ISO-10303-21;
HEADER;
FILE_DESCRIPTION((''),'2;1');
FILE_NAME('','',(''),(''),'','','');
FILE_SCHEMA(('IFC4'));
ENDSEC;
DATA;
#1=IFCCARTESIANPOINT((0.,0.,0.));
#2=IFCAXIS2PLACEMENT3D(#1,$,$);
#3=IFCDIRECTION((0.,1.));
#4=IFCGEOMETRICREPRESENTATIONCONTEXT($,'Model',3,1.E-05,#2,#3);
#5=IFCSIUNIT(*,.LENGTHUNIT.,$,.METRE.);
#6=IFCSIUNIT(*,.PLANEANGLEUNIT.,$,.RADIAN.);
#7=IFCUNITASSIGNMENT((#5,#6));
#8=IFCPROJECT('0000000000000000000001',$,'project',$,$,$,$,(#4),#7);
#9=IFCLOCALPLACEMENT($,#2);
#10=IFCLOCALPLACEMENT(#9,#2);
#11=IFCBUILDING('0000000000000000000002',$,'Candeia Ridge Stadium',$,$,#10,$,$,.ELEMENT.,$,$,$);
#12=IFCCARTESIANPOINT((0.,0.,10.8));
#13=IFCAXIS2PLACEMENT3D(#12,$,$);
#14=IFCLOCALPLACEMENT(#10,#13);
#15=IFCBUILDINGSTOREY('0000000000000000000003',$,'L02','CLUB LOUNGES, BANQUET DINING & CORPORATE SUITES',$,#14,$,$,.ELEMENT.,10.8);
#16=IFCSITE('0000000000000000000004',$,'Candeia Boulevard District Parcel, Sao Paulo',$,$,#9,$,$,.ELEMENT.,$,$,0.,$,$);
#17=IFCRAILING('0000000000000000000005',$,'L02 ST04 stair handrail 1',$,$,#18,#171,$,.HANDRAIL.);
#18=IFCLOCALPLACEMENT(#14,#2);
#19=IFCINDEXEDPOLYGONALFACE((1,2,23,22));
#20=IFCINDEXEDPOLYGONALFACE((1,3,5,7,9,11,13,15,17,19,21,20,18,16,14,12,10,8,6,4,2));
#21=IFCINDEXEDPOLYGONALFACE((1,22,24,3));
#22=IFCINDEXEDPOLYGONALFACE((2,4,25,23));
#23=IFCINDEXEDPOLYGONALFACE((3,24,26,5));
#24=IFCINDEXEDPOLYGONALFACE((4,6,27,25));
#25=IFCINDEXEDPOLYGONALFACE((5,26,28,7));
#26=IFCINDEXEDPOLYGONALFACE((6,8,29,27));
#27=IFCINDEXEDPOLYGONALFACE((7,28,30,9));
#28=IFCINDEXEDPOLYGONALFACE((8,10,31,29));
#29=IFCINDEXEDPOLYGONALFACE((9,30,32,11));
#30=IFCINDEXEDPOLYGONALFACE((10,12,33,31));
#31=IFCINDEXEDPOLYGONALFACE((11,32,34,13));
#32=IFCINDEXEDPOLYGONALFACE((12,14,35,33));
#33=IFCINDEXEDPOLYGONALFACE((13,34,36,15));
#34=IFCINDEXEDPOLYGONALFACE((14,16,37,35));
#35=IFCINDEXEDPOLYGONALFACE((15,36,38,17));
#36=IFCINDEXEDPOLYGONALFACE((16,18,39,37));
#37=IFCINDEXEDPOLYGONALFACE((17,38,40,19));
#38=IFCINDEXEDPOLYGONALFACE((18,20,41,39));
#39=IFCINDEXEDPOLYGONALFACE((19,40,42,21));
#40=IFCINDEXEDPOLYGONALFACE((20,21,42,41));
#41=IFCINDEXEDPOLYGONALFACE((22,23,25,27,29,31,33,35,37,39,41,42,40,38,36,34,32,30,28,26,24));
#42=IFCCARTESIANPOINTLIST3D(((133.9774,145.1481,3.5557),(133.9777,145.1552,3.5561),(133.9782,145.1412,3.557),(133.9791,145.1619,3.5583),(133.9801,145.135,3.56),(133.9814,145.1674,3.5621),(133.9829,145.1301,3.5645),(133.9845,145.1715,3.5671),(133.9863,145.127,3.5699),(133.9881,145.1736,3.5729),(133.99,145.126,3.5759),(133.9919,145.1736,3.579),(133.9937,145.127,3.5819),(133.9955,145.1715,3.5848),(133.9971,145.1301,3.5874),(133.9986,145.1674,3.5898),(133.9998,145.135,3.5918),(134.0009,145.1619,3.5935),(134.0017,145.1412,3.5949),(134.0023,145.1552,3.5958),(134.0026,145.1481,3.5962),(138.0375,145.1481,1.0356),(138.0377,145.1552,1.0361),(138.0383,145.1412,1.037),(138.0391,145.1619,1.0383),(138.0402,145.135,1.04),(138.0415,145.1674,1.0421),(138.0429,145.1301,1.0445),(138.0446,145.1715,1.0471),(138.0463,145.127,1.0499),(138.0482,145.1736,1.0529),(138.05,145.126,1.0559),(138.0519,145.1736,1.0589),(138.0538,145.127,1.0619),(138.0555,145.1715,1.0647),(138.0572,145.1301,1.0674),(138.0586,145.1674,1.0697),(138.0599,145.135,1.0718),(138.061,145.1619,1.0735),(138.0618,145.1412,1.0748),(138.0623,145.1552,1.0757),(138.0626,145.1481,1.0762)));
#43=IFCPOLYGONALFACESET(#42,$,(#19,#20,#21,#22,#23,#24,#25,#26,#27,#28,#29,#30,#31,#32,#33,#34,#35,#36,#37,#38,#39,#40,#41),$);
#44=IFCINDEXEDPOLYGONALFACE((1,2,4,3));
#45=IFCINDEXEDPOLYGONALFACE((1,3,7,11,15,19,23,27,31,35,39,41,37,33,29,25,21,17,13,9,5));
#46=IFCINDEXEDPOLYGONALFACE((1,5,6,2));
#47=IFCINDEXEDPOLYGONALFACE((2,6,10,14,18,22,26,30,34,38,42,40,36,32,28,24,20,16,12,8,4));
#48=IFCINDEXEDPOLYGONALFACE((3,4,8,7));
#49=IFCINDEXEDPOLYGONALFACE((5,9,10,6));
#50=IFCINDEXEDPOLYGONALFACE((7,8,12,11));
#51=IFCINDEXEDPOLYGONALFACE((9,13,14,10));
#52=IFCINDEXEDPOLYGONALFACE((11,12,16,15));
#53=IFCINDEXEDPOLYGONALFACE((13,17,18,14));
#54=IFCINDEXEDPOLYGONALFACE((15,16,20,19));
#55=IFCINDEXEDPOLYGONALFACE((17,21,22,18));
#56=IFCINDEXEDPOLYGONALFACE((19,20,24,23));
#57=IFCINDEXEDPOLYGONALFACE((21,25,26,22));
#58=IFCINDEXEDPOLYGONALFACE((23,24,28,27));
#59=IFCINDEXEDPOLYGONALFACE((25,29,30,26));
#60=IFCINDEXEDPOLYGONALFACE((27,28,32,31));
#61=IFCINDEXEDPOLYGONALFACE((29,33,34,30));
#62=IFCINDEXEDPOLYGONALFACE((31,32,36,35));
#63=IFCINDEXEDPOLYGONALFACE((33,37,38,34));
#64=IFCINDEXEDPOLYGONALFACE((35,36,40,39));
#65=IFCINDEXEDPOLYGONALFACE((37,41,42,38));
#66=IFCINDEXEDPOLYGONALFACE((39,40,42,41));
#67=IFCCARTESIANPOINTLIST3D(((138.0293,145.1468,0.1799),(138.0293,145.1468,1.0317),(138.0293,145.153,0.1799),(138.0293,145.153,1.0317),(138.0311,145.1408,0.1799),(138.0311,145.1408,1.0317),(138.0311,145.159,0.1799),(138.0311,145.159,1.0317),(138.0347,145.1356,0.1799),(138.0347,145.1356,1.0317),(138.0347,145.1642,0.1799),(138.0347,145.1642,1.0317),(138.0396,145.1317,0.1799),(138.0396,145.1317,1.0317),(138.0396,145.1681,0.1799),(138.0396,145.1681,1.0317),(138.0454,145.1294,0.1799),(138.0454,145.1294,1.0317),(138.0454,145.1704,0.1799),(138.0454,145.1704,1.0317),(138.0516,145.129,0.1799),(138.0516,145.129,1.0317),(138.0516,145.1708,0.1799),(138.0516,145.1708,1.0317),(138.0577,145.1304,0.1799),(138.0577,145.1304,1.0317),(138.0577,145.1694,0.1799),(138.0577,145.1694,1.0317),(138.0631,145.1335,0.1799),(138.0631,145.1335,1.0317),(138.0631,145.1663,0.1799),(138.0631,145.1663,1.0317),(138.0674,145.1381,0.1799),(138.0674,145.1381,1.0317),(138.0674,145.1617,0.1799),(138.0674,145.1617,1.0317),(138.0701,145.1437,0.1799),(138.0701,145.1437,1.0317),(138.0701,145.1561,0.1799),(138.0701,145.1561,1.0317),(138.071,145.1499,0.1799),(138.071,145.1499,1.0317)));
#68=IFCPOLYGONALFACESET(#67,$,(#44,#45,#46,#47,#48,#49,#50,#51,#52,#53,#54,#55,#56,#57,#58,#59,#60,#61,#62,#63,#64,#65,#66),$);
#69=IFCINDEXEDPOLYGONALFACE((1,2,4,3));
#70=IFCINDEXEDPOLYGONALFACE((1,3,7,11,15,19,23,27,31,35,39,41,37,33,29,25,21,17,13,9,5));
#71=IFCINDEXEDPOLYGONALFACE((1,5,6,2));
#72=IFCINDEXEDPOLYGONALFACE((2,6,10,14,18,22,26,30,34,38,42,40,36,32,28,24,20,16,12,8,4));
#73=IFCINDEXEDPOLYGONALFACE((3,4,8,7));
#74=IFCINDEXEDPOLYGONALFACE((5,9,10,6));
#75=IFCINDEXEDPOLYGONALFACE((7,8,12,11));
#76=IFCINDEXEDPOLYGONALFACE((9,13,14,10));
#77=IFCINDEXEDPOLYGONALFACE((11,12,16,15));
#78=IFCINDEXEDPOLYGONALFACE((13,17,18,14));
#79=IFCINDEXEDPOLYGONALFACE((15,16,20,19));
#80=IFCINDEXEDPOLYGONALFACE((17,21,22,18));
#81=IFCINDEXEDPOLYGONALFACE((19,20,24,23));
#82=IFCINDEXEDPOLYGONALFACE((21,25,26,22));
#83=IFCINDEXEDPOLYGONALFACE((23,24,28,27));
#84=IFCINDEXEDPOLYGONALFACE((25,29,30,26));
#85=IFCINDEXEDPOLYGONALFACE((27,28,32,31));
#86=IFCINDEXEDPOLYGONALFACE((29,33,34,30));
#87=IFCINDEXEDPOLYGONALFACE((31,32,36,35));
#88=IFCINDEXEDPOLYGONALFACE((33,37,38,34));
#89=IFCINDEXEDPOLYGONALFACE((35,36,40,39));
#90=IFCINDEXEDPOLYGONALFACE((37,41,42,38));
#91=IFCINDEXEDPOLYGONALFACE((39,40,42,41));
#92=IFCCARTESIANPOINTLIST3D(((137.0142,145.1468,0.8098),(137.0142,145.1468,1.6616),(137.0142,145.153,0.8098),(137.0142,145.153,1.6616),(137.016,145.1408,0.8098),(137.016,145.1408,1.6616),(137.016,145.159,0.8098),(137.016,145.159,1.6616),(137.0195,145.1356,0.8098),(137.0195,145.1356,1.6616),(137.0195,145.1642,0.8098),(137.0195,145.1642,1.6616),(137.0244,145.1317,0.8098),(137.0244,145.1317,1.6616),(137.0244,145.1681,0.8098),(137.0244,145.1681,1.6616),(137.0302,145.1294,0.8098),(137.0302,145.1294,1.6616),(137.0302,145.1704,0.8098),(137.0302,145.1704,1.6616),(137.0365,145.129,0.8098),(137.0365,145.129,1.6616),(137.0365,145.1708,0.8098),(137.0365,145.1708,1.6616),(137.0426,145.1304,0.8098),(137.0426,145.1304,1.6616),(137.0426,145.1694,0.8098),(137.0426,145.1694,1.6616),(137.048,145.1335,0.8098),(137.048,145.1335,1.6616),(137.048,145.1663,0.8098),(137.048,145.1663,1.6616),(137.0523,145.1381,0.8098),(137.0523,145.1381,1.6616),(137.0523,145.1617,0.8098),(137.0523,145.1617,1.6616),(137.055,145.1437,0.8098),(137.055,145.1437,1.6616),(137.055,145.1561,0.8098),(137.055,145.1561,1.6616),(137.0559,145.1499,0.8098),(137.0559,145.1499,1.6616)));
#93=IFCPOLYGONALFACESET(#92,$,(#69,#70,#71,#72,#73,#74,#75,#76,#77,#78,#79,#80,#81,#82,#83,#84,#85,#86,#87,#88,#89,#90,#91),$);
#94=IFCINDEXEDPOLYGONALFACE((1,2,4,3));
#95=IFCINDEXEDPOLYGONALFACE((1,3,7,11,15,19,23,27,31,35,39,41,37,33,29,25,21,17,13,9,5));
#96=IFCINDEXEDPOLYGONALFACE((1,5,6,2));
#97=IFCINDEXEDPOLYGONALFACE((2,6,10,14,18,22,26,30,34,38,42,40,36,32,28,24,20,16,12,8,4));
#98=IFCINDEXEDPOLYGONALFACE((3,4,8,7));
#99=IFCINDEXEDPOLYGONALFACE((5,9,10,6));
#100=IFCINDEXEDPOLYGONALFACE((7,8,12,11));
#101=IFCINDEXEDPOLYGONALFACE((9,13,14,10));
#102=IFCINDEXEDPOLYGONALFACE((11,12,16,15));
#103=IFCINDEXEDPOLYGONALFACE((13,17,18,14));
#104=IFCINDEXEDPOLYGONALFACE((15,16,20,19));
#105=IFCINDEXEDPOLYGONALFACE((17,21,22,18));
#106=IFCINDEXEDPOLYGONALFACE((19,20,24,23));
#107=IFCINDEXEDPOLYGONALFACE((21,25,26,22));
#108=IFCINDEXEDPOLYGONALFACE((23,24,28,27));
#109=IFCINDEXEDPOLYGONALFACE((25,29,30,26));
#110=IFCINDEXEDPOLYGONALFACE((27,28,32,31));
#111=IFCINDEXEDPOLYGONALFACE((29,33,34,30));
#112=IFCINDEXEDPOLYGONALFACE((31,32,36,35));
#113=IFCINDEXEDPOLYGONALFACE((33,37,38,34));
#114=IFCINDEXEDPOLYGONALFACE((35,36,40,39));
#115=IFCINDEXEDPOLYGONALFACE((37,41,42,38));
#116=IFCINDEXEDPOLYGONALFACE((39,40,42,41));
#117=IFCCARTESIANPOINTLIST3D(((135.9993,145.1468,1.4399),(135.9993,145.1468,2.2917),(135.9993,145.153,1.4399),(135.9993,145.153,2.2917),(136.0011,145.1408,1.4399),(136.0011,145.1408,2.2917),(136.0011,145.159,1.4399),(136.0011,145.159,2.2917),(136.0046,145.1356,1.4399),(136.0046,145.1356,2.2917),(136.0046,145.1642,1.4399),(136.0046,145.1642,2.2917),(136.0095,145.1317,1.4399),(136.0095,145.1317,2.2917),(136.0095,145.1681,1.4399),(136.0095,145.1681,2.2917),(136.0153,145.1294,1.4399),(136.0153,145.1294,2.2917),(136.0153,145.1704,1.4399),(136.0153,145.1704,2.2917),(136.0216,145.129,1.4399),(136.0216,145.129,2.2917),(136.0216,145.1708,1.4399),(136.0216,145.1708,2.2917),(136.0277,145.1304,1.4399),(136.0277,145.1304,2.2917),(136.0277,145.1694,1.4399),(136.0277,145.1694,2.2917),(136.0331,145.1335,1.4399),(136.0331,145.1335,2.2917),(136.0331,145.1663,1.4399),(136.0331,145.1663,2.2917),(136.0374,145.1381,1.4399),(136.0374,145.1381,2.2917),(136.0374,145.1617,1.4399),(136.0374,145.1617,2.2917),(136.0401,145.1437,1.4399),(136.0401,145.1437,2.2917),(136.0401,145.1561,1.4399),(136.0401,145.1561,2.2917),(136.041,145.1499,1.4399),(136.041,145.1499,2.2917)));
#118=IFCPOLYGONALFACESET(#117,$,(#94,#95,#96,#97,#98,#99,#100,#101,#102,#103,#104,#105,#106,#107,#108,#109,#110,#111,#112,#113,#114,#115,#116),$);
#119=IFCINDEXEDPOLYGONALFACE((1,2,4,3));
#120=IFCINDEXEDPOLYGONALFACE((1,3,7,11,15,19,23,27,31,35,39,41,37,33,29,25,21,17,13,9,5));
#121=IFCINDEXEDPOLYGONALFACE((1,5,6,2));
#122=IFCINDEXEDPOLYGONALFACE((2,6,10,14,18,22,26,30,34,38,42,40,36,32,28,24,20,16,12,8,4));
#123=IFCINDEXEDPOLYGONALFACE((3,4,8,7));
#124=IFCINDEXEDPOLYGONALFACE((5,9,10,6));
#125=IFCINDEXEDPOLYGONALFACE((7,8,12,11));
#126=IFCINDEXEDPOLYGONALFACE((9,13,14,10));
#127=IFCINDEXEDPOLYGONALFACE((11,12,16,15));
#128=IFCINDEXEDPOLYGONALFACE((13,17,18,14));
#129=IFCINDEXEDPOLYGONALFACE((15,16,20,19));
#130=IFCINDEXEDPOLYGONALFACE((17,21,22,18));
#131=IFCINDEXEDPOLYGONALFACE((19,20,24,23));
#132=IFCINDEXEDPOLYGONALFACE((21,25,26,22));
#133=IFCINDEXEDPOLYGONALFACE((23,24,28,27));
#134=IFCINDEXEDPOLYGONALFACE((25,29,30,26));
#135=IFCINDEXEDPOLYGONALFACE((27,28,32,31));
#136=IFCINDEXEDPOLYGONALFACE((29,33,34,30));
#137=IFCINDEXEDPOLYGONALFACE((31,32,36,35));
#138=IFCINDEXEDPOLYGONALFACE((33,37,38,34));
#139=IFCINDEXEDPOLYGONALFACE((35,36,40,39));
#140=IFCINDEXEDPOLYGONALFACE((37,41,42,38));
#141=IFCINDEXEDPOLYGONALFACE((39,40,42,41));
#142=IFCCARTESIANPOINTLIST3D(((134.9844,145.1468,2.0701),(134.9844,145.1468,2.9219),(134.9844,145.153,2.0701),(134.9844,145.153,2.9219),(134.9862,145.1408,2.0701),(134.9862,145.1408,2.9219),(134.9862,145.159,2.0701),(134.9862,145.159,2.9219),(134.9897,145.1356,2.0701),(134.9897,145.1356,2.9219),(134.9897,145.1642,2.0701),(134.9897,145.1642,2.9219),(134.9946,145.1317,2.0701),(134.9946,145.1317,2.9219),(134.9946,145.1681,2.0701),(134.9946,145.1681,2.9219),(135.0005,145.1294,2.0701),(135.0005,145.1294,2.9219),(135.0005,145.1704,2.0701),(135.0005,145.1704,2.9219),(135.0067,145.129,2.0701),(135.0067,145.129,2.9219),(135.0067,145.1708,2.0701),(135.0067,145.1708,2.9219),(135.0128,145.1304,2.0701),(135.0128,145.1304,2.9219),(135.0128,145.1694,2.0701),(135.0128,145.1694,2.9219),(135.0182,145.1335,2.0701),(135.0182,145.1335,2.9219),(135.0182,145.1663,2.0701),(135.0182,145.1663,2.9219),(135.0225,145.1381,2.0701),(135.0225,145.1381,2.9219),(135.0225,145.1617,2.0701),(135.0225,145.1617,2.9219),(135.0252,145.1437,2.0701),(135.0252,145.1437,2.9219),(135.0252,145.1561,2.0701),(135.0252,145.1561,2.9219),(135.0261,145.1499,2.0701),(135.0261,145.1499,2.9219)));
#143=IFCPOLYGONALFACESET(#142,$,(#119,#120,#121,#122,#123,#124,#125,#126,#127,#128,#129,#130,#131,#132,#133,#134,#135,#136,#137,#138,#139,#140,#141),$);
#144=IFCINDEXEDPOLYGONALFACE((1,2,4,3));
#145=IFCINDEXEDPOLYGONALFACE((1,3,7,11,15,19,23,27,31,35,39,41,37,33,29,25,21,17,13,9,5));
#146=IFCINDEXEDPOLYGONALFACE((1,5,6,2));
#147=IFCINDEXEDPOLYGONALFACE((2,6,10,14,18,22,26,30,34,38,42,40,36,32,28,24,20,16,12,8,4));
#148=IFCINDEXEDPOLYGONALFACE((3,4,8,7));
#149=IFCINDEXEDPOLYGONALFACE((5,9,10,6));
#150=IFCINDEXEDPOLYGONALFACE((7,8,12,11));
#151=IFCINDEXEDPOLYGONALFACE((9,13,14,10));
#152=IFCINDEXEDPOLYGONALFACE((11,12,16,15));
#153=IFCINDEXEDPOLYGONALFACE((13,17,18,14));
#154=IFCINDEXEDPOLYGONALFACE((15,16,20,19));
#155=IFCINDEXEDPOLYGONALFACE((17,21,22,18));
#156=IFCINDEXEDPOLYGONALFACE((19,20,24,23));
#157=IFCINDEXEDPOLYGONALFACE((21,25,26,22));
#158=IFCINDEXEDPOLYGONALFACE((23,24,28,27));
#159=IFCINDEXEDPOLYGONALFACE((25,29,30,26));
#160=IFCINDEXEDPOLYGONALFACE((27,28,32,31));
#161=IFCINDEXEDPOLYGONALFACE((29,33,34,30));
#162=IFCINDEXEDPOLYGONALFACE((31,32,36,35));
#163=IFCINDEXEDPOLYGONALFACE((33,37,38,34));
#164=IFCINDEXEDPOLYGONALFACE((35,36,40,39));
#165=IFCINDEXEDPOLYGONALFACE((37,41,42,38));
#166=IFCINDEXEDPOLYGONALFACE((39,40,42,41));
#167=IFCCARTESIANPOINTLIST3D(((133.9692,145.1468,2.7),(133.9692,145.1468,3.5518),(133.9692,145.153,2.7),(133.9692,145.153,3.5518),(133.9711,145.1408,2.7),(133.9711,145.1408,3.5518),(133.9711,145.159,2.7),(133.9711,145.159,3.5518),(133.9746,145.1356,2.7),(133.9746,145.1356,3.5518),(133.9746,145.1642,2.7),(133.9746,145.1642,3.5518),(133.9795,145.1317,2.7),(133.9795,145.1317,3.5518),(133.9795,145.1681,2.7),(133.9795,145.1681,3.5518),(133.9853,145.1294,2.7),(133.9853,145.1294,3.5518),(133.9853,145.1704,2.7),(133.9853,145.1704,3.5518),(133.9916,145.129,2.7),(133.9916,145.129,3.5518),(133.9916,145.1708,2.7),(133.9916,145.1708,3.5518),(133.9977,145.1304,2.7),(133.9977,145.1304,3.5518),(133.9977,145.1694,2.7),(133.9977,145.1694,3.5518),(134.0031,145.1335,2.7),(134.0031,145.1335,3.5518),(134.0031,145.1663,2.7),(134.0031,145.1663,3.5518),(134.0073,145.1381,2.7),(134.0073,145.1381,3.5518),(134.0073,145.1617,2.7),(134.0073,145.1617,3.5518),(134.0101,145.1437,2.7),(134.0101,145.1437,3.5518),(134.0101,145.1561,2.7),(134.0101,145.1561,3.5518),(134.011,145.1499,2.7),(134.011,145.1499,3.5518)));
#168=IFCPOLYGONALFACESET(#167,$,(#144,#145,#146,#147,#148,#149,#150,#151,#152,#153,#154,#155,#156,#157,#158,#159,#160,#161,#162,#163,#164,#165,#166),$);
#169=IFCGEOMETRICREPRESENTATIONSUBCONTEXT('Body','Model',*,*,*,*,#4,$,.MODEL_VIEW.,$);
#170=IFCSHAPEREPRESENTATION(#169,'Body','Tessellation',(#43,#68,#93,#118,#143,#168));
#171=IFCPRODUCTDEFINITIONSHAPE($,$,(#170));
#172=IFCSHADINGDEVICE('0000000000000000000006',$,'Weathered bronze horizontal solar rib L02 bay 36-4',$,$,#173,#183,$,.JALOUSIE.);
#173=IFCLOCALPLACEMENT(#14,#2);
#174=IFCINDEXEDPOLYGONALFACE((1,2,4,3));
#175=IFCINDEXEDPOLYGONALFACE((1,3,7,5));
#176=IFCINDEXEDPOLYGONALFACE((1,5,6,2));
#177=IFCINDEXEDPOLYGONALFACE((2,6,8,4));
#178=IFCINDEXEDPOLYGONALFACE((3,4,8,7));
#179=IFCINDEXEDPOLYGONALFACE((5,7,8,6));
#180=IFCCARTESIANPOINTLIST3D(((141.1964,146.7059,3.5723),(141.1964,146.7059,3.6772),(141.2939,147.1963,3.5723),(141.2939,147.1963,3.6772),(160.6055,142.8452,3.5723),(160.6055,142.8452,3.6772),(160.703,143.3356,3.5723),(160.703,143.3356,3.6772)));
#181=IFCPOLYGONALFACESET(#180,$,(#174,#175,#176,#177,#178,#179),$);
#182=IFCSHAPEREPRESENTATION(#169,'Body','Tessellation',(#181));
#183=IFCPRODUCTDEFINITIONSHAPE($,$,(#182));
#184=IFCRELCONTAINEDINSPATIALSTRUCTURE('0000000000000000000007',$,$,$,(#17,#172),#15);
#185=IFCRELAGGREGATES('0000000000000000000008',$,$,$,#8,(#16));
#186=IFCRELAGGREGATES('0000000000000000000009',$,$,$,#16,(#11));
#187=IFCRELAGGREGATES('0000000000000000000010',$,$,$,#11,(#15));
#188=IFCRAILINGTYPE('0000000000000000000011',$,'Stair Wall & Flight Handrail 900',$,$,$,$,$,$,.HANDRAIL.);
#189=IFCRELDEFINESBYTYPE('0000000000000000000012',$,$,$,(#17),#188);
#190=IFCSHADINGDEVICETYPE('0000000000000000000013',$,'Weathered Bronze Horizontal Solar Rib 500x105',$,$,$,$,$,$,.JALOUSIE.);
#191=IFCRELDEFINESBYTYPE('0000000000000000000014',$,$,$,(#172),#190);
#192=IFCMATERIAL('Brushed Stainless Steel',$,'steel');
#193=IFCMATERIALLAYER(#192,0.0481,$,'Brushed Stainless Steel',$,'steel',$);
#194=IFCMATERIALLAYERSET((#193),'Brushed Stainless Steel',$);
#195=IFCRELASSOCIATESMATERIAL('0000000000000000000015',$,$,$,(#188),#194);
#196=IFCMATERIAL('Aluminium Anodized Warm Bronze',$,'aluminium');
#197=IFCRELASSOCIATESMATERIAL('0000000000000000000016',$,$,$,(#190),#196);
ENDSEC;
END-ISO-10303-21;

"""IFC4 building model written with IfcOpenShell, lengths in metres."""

from ifc_helpers import new_model, si_unit, direction, frame, origin, origin_2d, place, context, subcontext, project, spatial, rectangle, circle, extrude, material, layer, layer_set, type_object, element, save


model = new_model("IFC4")

# Units and contexts
model_context = context("Model", 3, precision=1e-05, world=origin(), true_north=direction((0.0, 1.0)))
body_context = subcontext(model_context, "Body", "Model", "MODEL_VIEW")
ifc_project = project(units=[si_unit("LENGTHUNIT", "METRE"), si_unit("PLANEANGLEUNIT", "RADIAN")], contexts=[model_context])

# Site, building, storey
site_placement = place(None, origin())
site = spatial("IfcSite", under=ifc_project, at=site_placement, Name="Candeia Boulevard District Parcel, Sao Paulo", CompositionType="ELEMENT", RefElevation=0.0)
building_placement = place(site_placement, origin())
building = spatial("IfcBuilding", under=site, at=building_placement, Name="Candeia Ridge Stadium", CompositionType="ELEMENT")
storey_placement = place(building_placement, frame((0.0, 0.0, 10.8)))
storey = spatial("IfcBuildingStorey", under=building, at=storey_placement, Name="L02", Description="CLUB LOUNGES, BANQUET DINING & CORPORATE SUITES", CompositionType="ELEMENT", Elevation=10.8)

# Shared definitions
ifc_material_1 = material(Name="Aluminium Anodized Warm Bronze", Category="aluminium")

# Railing
ifc_material_2 = material(Name="Brushed Stainless Steel", Category="steel")
ifc_layer_1 = layer(ifc_material_2, 0.0481, Name="Brushed Stainless Steel", Category="steel")
ifc_layer_set_1 = layer_set([ifc_layer_1], Name="Brushed Stainless Steel")
railing_type_1 = type_object("IfcRailingType", Name="Stair Wall & Flight Handrail 900", PredefinedType="HANDRAIL", material=ifc_layer_set_1)
railing_1_placement = place(storey_placement, frame((138.05, 145.1499, 0.1799)))
element("IfcRailing", 1, at=railing_1_placement, inside=storey, type_object=railing_type_1, Name="L02 ST04 stair handrail 1", PredefinedType="HANDRAIL", context=body_context, shape_type="SweptSolid", body=[
    extrude(circle(Radius=0.0239, at=origin_2d()), frame((0.0, 0.0, 0.876), z_axis=(-0.849642, 0.0, 0.52736), x_axis=(0.0, -1.0, 0.0)), (0.0, 0.0, 1.0), 4.7786),
    extrude(circle(Radius=0.021, at=origin_2d()), origin(), (0.0, 0.0, 1.0), 0.8518),
    extrude(circle(Radius=0.021, at=origin_2d()), frame((-1.0151, 0.0, 0.6299)), (0.0, 0.0, 1.0), 0.8518),
    extrude(circle(Radius=0.021, at=origin_2d()), frame((-2.03, 0.0, 1.26)), (0.0, 0.0, 1.0), 0.8518),
    extrude(circle(Radius=0.021, at=origin_2d()), frame((-3.0449, 0.0, 1.8901)), (0.0, 0.0, 1.0), 0.8518),
    extrude(circle(Radius=0.021, at=origin_2d()), frame((-4.0601, 0.0, 2.52)), (0.0, 0.0, 1.0), 0.8518),
])

# Shading device
shading_device_type = type_object("IfcShadingDeviceType", Name="Weathered Bronze Horizontal Solar Rib 500x105", PredefinedType="JALOUSIE", material=ifc_material_1)
shading_device_placement = place(storey_placement, frame((150.9497, 145.0208, 3.5723), z_axis=(0.0, 0.0, 1.0), x_axis=(-0.980785, 0.19509, 0.0)))
element("IfcShadingDevice", 2, at=shading_device_placement, inside=storey, type_object=shading_device_type, Name="Weathered bronze horizontal solar rib L02 bay 36-4", PredefinedType="JALOUSIE", context=body_context, shape_type="SweptSolid", body=[
    extrude(rectangle(XDim=19.7893, YDim=0.5, at=origin_2d()), origin(), (0.0, 0.0, 1.0), 0.105),
])

save(model, "model.ifc")
